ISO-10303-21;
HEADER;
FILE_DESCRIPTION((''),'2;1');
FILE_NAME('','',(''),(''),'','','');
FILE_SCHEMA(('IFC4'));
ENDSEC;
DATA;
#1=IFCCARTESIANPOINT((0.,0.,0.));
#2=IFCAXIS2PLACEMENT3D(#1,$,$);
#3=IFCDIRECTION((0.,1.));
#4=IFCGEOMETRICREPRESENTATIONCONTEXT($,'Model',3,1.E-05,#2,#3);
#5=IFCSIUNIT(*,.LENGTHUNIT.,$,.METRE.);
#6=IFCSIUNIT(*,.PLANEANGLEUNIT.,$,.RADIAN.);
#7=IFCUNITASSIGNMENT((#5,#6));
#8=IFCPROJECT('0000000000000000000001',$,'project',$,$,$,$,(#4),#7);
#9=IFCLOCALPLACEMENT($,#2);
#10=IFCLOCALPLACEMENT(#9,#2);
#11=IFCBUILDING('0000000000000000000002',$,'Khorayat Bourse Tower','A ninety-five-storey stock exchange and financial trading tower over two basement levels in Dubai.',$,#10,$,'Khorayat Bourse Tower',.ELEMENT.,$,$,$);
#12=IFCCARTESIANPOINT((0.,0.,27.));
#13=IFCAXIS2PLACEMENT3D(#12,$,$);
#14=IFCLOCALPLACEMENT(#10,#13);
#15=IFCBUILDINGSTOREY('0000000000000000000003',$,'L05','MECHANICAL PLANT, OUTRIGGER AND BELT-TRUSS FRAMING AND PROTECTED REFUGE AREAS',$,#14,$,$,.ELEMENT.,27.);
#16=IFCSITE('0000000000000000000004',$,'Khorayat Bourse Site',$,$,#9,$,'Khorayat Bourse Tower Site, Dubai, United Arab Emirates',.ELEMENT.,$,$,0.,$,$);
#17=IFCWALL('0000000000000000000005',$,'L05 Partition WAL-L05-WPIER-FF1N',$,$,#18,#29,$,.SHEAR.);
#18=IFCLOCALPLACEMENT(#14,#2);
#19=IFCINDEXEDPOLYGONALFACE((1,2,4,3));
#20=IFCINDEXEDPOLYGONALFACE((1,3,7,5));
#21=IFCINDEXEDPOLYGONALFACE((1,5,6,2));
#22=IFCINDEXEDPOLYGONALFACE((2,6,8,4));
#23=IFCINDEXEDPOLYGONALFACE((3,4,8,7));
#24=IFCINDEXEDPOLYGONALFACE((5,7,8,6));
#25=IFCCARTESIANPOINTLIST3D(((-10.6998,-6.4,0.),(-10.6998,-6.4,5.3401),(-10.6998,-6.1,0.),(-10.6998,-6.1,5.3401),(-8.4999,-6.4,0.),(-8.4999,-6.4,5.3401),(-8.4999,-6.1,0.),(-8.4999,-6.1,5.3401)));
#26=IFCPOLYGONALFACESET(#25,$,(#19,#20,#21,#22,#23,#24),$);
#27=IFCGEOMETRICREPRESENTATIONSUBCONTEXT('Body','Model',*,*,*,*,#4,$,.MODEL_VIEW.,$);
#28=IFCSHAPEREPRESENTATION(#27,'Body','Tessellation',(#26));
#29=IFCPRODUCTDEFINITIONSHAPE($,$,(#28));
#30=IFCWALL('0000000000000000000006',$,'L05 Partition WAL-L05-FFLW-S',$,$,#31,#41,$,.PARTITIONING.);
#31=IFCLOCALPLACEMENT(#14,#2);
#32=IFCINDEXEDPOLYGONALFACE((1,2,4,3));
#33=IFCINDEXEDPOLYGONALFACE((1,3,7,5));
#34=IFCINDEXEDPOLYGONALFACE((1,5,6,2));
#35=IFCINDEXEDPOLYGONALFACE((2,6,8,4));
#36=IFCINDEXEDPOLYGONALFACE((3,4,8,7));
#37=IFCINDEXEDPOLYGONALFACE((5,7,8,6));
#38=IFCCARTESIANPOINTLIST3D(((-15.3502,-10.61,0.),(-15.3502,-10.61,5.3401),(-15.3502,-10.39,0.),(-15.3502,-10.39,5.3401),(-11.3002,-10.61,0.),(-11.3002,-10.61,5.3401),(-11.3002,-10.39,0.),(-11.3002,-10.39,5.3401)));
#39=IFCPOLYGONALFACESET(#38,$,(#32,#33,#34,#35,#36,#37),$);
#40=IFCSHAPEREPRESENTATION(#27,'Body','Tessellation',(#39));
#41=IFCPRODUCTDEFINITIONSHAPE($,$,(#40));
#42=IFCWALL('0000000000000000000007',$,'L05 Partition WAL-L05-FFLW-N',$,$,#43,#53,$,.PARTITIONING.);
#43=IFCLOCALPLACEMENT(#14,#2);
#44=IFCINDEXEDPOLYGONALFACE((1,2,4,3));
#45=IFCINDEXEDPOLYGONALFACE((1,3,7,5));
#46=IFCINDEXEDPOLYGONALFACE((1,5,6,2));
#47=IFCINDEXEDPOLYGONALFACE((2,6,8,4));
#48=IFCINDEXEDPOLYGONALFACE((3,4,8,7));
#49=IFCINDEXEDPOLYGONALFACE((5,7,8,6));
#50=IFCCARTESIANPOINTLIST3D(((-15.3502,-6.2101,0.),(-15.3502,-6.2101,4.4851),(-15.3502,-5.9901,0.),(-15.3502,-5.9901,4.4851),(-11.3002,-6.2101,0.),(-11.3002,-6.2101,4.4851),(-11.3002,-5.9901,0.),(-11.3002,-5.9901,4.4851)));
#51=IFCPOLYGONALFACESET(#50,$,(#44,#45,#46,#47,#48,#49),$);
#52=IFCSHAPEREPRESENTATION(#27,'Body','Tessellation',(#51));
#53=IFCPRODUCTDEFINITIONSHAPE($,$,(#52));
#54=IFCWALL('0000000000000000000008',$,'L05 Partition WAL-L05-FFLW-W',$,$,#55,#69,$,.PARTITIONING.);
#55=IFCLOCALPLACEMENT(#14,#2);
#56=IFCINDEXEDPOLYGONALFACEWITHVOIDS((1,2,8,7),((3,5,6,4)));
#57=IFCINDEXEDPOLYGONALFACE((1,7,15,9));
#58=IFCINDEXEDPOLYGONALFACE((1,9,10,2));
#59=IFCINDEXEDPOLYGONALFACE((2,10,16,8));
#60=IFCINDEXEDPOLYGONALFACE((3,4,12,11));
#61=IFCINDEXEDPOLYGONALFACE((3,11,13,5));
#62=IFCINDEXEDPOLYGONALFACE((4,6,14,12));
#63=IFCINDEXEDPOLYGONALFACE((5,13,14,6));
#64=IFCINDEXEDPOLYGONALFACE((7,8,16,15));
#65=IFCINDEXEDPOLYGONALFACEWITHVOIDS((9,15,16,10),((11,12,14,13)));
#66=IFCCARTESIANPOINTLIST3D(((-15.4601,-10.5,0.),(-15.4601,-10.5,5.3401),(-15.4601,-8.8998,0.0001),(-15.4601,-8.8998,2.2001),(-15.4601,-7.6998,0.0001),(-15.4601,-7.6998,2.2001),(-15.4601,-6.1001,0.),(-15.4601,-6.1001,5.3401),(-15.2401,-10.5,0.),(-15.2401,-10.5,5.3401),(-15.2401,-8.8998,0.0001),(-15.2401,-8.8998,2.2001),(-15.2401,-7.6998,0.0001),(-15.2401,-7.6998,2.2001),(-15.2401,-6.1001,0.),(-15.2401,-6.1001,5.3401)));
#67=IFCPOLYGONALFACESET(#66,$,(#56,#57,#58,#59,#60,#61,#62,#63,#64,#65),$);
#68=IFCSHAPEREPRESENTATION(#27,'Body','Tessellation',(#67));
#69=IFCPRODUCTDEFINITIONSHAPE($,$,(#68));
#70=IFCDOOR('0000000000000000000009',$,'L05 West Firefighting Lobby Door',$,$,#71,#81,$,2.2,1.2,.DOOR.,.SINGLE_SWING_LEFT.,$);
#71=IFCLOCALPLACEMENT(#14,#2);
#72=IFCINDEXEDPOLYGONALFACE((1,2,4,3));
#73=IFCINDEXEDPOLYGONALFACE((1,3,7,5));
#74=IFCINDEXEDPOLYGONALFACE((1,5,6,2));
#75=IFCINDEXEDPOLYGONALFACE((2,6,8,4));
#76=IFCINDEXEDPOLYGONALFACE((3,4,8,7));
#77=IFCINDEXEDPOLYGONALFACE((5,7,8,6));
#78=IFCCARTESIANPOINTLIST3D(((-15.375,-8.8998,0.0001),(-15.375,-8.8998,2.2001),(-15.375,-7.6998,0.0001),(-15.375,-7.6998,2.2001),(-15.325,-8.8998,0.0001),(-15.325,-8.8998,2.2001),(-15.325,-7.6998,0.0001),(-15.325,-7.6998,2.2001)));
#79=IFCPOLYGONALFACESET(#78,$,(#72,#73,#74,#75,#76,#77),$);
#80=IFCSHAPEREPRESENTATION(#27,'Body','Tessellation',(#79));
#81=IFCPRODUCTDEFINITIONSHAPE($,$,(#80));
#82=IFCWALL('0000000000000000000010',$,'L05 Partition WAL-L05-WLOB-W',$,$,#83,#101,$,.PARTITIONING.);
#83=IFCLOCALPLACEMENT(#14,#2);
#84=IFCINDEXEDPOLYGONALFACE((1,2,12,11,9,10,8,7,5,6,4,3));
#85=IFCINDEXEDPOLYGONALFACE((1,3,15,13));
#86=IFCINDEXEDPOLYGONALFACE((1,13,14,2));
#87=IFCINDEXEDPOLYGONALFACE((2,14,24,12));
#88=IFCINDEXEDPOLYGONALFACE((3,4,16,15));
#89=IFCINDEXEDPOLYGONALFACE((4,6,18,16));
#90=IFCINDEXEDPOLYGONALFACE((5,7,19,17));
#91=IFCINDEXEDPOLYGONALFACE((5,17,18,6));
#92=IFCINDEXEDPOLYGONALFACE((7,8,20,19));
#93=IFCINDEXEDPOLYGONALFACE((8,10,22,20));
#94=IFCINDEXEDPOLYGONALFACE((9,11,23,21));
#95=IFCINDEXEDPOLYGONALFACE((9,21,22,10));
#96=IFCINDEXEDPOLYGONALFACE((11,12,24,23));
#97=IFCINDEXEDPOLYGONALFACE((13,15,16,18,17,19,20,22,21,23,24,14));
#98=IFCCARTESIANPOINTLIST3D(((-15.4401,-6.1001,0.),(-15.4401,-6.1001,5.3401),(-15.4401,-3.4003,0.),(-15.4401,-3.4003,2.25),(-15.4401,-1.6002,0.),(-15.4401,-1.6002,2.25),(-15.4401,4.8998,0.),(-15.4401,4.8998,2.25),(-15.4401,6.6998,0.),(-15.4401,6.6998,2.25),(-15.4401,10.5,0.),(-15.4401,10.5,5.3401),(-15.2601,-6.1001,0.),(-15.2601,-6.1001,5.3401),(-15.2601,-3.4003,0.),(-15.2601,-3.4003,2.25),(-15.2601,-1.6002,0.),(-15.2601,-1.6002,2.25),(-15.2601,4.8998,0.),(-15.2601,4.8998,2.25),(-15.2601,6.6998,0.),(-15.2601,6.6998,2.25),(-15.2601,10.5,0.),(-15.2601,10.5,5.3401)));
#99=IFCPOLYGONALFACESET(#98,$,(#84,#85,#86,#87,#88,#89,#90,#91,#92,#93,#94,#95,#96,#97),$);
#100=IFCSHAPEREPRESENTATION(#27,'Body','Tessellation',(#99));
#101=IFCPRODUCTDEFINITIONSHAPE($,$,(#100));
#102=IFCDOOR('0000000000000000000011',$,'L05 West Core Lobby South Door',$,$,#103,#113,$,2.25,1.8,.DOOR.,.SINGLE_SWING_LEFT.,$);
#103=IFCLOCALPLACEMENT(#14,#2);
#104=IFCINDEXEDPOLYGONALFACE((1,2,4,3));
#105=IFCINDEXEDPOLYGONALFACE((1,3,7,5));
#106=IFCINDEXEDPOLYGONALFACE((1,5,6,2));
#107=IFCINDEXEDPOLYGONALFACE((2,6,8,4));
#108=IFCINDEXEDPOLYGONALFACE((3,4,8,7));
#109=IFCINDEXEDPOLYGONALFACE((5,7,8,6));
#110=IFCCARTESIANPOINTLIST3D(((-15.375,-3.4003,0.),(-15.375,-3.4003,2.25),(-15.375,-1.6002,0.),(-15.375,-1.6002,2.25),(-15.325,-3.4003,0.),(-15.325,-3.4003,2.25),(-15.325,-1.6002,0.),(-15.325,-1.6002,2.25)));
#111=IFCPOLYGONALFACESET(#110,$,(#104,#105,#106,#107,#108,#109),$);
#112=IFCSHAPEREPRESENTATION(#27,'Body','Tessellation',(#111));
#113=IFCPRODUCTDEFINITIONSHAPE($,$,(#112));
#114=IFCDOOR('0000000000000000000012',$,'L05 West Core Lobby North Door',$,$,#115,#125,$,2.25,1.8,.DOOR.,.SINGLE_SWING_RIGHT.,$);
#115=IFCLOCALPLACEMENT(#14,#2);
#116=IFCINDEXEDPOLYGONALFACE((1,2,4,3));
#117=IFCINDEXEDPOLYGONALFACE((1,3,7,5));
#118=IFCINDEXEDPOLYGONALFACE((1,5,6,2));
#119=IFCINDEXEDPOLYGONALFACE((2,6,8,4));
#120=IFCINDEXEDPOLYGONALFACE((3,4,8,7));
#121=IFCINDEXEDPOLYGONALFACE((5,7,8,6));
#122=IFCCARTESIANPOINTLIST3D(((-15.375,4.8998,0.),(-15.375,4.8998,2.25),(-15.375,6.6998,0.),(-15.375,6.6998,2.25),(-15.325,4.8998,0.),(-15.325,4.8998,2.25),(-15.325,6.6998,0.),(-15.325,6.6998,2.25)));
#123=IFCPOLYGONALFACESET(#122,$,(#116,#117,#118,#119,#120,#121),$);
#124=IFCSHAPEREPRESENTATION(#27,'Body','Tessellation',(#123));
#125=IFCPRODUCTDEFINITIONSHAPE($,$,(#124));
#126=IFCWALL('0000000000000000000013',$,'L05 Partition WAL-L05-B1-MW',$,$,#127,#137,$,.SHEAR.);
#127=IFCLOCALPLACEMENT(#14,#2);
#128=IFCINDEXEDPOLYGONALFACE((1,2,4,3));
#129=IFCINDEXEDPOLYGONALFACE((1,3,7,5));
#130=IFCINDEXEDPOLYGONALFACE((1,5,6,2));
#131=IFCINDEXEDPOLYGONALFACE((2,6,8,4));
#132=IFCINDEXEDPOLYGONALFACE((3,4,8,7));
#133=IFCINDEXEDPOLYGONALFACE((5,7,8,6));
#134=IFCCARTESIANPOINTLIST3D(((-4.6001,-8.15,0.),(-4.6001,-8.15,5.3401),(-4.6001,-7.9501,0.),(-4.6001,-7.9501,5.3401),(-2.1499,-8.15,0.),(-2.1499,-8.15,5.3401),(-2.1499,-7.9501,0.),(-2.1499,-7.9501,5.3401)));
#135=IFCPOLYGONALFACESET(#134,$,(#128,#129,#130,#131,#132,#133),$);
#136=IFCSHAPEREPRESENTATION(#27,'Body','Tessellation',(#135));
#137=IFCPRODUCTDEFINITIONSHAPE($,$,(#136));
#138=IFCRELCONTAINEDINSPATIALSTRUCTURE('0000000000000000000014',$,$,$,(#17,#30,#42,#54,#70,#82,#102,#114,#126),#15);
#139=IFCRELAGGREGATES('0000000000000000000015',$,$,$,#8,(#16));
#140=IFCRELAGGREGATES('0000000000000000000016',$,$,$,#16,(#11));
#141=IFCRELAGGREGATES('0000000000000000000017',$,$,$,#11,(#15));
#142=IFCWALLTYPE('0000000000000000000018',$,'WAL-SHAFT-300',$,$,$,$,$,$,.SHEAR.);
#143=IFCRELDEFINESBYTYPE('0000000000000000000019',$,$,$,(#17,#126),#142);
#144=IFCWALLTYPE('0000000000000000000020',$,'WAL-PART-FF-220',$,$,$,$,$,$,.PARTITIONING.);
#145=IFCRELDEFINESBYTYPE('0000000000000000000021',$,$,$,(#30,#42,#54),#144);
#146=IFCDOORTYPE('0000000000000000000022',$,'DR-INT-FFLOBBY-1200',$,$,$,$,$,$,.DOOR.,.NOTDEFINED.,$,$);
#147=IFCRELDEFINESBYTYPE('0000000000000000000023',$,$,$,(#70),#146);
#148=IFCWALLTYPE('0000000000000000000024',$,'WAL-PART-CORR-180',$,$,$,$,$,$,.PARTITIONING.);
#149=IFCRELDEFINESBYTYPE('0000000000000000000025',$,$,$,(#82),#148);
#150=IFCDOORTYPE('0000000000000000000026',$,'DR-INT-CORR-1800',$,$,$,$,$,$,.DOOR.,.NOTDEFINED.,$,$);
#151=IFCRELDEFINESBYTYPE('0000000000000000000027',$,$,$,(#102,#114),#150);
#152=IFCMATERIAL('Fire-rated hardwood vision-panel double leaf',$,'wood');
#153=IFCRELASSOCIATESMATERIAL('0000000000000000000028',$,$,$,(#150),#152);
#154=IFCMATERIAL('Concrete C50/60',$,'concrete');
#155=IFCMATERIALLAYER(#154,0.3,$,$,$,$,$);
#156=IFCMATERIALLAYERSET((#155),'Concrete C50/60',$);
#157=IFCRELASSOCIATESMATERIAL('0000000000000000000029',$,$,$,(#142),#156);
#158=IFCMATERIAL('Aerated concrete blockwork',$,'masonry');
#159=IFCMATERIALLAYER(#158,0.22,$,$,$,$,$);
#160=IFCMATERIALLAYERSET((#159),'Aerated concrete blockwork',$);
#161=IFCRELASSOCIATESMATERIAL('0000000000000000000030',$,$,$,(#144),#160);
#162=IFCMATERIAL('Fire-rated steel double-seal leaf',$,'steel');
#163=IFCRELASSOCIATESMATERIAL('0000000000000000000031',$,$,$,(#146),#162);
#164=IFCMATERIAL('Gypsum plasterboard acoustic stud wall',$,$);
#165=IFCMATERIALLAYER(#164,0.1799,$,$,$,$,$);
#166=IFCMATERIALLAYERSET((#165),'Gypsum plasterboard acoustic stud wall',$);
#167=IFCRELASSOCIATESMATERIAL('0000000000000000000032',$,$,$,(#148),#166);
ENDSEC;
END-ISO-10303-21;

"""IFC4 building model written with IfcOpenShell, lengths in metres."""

from ifc_helpers import new_model, si_unit, direction, frame, frame_2d, origin, place, context, subcontext, project, spatial, rectangle, extrude, source, transform, mapped, material, layer, layer_set, type_object, element, fill, save


model = new_model("IFC4")

# Units and contexts
model_context = context("Model", 3, precision=1e-05, world=origin(), true_north=direction((0.0, 1.0)))
body_context = subcontext(model_context, "Body", "Model", "MODEL_VIEW")
ifc_project = project(units=[si_unit("LENGTHUNIT", "METRE"), si_unit("PLANEANGLEUNIT", "RADIAN")], contexts=[model_context])

# Site, building, storey
site_placement = place(None, origin())
site = spatial("IfcSite", under=ifc_project, at=site_placement, Name="Khorayat Bourse Site", LongName="Khorayat Bourse Tower Site, Dubai, United Arab Emirates", CompositionType="ELEMENT", RefElevation=0.0)
building_placement = place(site_placement, origin())
building = spatial("IfcBuilding", under=site, at=building_placement, Name="Khorayat Bourse Tower", Description="A ninety-five-storey stock exchange and financial trading tower over two basement levels in Dubai.", LongName="Khorayat Bourse Tower", CompositionType="ELEMENT")
storey_placement = place(building_placement, frame((0.0, 0.0, 27.0)))
storey = spatial("IfcBuildingStorey", under=building, at=storey_placement, Name="L05", Description="MECHANICAL PLANT, OUTRIGGER AND BELT-TRUSS FRAMING AND PROTECTED REFUGE AREAS", CompositionType="ELEMENT", Elevation=27.0)

# Shared definitions
ifc_material_1 = material(Name="Fire-rated hardwood vision-panel double leaf", Category="wood")
door_type_1 = type_object("IfcDoorType", Name="DR-INT-CORR-1800", OperationType="NOTDEFINED", PredefinedType="DOOR", material=ifc_material_1)
shared_shape_1 = source(origin(), body_context, "Body", "SweptSolid", [
    extrude(rectangle(XDim=1.8, YDim=2.25, at=frame_2d((0.8999, 1.125))), frame((0.0, 0.0249, 0.0), z_axis=(0.0, -1.0, 0.0), x_axis=(1.0, 0.0, 0.0)), (0.0, 0.0, 1.0), 0.05),
])

# Walls
ifc_material_2 = material(Name="Concrete C50/60", Category="concrete")
ifc_layer_1 = layer(ifc_material_2, 0.3)
ifc_layer_set_1 = layer_set([ifc_layer_1], Name="Concrete C50/60")
wall_type_1 = type_object("IfcWallType", Name="WAL-SHAFT-300", PredefinedType="SHEAR", material=ifc_layer_set_1)
shared_shape_2 = source(origin(), body_context, "Body", "SweptSolid", [
    extrude(rectangle(XDim=2.2, YDim=0.3, at=frame_2d((1.1001, 0.0))), origin(), (0.0, 0.0, 1.0), 5.3401),
])
for number, where, z_axis, x_axis, name in (
    (1, (-10.7, -6.25, 0.0), (0.0, 0.0, 1.0), (1.0, 0.0, 0.0), "L05 Partition WAL-L05-WPIER-FF1N"),
):
    element("IfcWall", number, at=place(storey_placement, frame(where, z_axis=z_axis, x_axis=x_axis)), inside=storey, type_object=wall_type_1, Name=name, PredefinedType="SHEAR", context=body_context, shape_type="MappedRepresentation", body=[
        mapped(shared_shape_2, transform((0.0, 0.0, 0.0), scale=1.0)),
    ])
ifc_material_3 = material(Name="Aerated concrete blockwork", Category="masonry")
ifc_layer_2 = layer(ifc_material_3, 0.22)
ifc_layer_set_2 = layer_set([ifc_layer_2], Name="Aerated concrete blockwork")
wall_type_2 = type_object("IfcWallType", Name="WAL-PART-FF-220", PredefinedType="PARTITIONING", material=ifc_layer_set_2)
shared_shape_3 = source(origin(), body_context, "Body", "SweptSolid", [
    extrude(rectangle(XDim=4.05, YDim=0.22, at=frame_2d((2.0249, 0.0))), origin(), (0.0, 0.0, 1.0), 5.3401),
])
wall_1_placement = place(storey_placement, frame((-15.3501, -10.5, 0.0), z_axis=(0.0, 0.0, 1.0), x_axis=(1.0, 0.0, 0.0)))
element("IfcWall", 2, at=wall_1_placement, inside=storey, type_object=wall_type_2, Name="L05 Partition WAL-L05-FFLW-S", PredefinedType="PARTITIONING", context=body_context, shape_type="MappedRepresentation", body=[
    mapped(shared_shape_3, transform((0.0, 0.0, 0.0), scale=1.0)),
])
shared_shape_4 = source(origin(), body_context, "Body", "SweptSolid", [
    extrude(rectangle(XDim=4.05, YDim=0.22, at=frame_2d((2.0249, 0.0))), origin(), (0.0, 0.0, 1.0), 4.4851),
])
wall_2_placement = place(storey_placement, frame((-15.3501, -6.1001, 0.0), z_axis=(0.0, 0.0, 1.0), x_axis=(1.0, 0.0, 0.0)))
element("IfcWall", 3, at=wall_2_placement, inside=storey, type_object=wall_type_2, Name="L05 Partition WAL-L05-FFLW-N", PredefinedType="PARTITIONING", context=body_context, shape_type="MappedRepresentation", body=[
    mapped(shared_shape_4, transform((0.0, 0.0, 0.0), scale=1.0)),
])

# Wall, opening, door
shared_shape_5 = source(origin(), body_context, "Body", "SweptSolid", [
    extrude(rectangle(XDim=4.3999, YDim=0.22, at=frame_2d((2.2, 0.0))), origin(), (0.0, 0.0, 1.0), 5.3401),
])
wall_3_placement = place(storey_placement, frame((-15.3501, -10.5, 0.0), z_axis=(0.0, 0.0, 1.0), x_axis=(0.0, 1.0, 0.0)))
wall_3 = element("IfcWall", 4, at=wall_3_placement, inside=storey, type_object=wall_type_2, Name="L05 Partition WAL-L05-FFLW-W", PredefinedType="PARTITIONING", context=body_context, shape_type="MappedRepresentation", body=[
    mapped(shared_shape_5, transform((0.0, 0.0, 0.0), scale=1.0)),
])
shared_shape_6 = source(origin(), body_context, "Body", "SweptSolid", [
    extrude(rectangle(XDim=1.2, YDim=2.2, at=frame_2d((0.6001, 1.1001))), frame((0.0, 0.1199, 0.0), z_axis=(0.0, -1.0, 0.0), x_axis=(1.0, 0.0, 0.0)), (0.0, 0.0, 1.0), 0.24),
])
opening_1_placement = place(wall_3_placement, frame((1.6001, 0.0, 0.0)))
opening_1 = element("IfcOpeningElement", 5, at=opening_1_placement, cuts=wall_3, PredefinedType="OPENING", context=body_context, shape_type="MappedRepresentation", body=[
    mapped(shared_shape_6, transform((0.0, 0.0, 0.0), scale=1.0)),
])
ifc_material_4 = material(Name="Fire-rated steel double-seal leaf", Category="steel")
door_type_2 = type_object("IfcDoorType", Name="DR-INT-FFLOBBY-1200", OperationType="NOTDEFINED", PredefinedType="DOOR", material=ifc_material_4)
shared_shape_7 = source(origin(), body_context, "Body", "SweptSolid", [
    extrude(rectangle(XDim=1.2, YDim=2.2, at=frame_2d((0.6001, 1.1001))), frame((0.0, 0.0249, 0.0), z_axis=(0.0, -1.0, 0.0), x_axis=(1.0, 0.0, 0.0)), (0.0, 0.0, 1.0), 0.05),
])
door_1_placement = place(opening_1_placement, origin())
door_1 = element("IfcDoor", 6, at=door_1_placement, inside=storey, type_object=door_type_2, Name="L05 West Firefighting Lobby Door", OperationType="SINGLE_SWING_LEFT", OverallHeight=2.2, OverallWidth=1.2, PredefinedType="DOOR", context=body_context, shape_type="MappedRepresentation", body=[
    mapped(shared_shape_7, transform((0.0, 0.0, 0.0), scale=1.0)),
])
fill(opening_1, door_1)

# Wall, openings, doors
ifc_material_5 = material(Name="Gypsum plasterboard acoustic stud wall")
ifc_layer_3 = layer(ifc_material_5, 0.1799)
ifc_layer_set_3 = layer_set([ifc_layer_3], Name="Gypsum plasterboard acoustic stud wall")
wall_type_3 = type_object("IfcWallType", Name="WAL-PART-CORR-180", PredefinedType="PARTITIONING", material=ifc_layer_set_3)
shared_shape_8 = source(origin(), body_context, "Body", "SweptSolid", [
    extrude(rectangle(XDim=16.6001, YDim=0.1799, at=frame_2d((8.3, 0.0))), origin(), (0.0, 0.0, 1.0), 5.3401),
])
wall_4_placement = place(storey_placement, frame((-15.3501, -6.1001, 0.0), z_axis=(0.0, 0.0, 1.0), x_axis=(0.0, 1.0, 0.0)))
wall_4 = element("IfcWall", 7, at=wall_4_placement, inside=storey, type_object=wall_type_3, Name="L05 Partition WAL-L05-WLOB-W", PredefinedType="PARTITIONING", context=body_context, shape_type="MappedRepresentation", body=[
    mapped(shared_shape_8, transform((0.0, 0.0, 0.0), scale=1.0)),
])
shared_shape_9 = source(origin(), body_context, "Body", "SweptSolid", [
    extrude(rectangle(XDim=1.8, YDim=2.25, at=frame_2d((0.8999, 1.125))), frame((0.0, 0.0999, 0.0), z_axis=(0.0, -1.0, 0.0), x_axis=(1.0, 0.0, 0.0)), (0.0, 0.0, 1.0), 0.2),
])
opening_2_placement = place(wall_4_placement, frame((2.7, 0.0, 0.0)))
opening_2 = element("IfcOpeningElement", 8, at=opening_2_placement, cuts=wall_4, PredefinedType="OPENING", context=body_context, shape_type="MappedRepresentation", body=[
    mapped(shared_shape_9, transform((0.0, 0.0, 0.0), scale=1.0)),
])
opening_3_placement = place(wall_4_placement, frame((11.0, 0.0, 0.0)))
opening_3 = element("IfcOpeningElement", 9, at=opening_3_placement, cuts=wall_4, PredefinedType="OPENING", context=body_context, shape_type="MappedRepresentation", body=[
    mapped(shared_shape_9, transform((0.0, 0.0, 0.0), scale=1.0)),
])
door_2_placement = place(opening_2_placement, origin())
door_2 = element("IfcDoor", 10, at=door_2_placement, inside=storey, type_object=door_type_1, Name="L05 West Core Lobby South Door", OperationType="SINGLE_SWING_LEFT", OverallHeight=2.25, OverallWidth=1.8, PredefinedType="DOOR", context=body_context, shape_type="MappedRepresentation", body=[
    mapped(shared_shape_1, transform((0.0, 0.0, 0.0), scale=1.0)),
])
fill(opening_2, door_2)
door_3_placement = place(opening_3_placement, origin())
door_3 = element("IfcDoor", 11, at=door_3_placement, inside=storey, type_object=door_type_1, Name="L05 West Core Lobby North Door", OperationType="SINGLE_SWING_RIGHT", OverallHeight=2.25, OverallWidth=1.8, PredefinedType="DOOR", context=body_context, shape_type="MappedRepresentation", body=[
    mapped(shared_shape_1, transform((0.0, 0.0, 0.0), scale=1.0)),
])
fill(opening_3, door_3)

# Wall
shared_shape_10 = source(origin(), body_context, "Body", "SweptSolid", [
    extrude(rectangle(XDim=2.4502, YDim=0.2, at=frame_2d((1.2251, 0.0))), origin(), (0.0, 0.0, 1.0), 5.3401),
])
wall_5_placement = place(storey_placement, frame((-4.6001, -8.05, 0.0), z_axis=(0.0, 0.0, 1.0), x_axis=(1.0, 0.0, 0.0)))
element("IfcWall", 12, at=wall_5_placement, inside=storey, type_object=wall_type_1, Name="L05 Partition WAL-L05-B1-MW", PredefinedType="SHEAR", context=body_context, shape_type="MappedRepresentation", body=[
    mapped(shared_shape_10, transform((0.0, 0.0, 0.0), scale=1.0)),
])

save(model, "model.ifc")
